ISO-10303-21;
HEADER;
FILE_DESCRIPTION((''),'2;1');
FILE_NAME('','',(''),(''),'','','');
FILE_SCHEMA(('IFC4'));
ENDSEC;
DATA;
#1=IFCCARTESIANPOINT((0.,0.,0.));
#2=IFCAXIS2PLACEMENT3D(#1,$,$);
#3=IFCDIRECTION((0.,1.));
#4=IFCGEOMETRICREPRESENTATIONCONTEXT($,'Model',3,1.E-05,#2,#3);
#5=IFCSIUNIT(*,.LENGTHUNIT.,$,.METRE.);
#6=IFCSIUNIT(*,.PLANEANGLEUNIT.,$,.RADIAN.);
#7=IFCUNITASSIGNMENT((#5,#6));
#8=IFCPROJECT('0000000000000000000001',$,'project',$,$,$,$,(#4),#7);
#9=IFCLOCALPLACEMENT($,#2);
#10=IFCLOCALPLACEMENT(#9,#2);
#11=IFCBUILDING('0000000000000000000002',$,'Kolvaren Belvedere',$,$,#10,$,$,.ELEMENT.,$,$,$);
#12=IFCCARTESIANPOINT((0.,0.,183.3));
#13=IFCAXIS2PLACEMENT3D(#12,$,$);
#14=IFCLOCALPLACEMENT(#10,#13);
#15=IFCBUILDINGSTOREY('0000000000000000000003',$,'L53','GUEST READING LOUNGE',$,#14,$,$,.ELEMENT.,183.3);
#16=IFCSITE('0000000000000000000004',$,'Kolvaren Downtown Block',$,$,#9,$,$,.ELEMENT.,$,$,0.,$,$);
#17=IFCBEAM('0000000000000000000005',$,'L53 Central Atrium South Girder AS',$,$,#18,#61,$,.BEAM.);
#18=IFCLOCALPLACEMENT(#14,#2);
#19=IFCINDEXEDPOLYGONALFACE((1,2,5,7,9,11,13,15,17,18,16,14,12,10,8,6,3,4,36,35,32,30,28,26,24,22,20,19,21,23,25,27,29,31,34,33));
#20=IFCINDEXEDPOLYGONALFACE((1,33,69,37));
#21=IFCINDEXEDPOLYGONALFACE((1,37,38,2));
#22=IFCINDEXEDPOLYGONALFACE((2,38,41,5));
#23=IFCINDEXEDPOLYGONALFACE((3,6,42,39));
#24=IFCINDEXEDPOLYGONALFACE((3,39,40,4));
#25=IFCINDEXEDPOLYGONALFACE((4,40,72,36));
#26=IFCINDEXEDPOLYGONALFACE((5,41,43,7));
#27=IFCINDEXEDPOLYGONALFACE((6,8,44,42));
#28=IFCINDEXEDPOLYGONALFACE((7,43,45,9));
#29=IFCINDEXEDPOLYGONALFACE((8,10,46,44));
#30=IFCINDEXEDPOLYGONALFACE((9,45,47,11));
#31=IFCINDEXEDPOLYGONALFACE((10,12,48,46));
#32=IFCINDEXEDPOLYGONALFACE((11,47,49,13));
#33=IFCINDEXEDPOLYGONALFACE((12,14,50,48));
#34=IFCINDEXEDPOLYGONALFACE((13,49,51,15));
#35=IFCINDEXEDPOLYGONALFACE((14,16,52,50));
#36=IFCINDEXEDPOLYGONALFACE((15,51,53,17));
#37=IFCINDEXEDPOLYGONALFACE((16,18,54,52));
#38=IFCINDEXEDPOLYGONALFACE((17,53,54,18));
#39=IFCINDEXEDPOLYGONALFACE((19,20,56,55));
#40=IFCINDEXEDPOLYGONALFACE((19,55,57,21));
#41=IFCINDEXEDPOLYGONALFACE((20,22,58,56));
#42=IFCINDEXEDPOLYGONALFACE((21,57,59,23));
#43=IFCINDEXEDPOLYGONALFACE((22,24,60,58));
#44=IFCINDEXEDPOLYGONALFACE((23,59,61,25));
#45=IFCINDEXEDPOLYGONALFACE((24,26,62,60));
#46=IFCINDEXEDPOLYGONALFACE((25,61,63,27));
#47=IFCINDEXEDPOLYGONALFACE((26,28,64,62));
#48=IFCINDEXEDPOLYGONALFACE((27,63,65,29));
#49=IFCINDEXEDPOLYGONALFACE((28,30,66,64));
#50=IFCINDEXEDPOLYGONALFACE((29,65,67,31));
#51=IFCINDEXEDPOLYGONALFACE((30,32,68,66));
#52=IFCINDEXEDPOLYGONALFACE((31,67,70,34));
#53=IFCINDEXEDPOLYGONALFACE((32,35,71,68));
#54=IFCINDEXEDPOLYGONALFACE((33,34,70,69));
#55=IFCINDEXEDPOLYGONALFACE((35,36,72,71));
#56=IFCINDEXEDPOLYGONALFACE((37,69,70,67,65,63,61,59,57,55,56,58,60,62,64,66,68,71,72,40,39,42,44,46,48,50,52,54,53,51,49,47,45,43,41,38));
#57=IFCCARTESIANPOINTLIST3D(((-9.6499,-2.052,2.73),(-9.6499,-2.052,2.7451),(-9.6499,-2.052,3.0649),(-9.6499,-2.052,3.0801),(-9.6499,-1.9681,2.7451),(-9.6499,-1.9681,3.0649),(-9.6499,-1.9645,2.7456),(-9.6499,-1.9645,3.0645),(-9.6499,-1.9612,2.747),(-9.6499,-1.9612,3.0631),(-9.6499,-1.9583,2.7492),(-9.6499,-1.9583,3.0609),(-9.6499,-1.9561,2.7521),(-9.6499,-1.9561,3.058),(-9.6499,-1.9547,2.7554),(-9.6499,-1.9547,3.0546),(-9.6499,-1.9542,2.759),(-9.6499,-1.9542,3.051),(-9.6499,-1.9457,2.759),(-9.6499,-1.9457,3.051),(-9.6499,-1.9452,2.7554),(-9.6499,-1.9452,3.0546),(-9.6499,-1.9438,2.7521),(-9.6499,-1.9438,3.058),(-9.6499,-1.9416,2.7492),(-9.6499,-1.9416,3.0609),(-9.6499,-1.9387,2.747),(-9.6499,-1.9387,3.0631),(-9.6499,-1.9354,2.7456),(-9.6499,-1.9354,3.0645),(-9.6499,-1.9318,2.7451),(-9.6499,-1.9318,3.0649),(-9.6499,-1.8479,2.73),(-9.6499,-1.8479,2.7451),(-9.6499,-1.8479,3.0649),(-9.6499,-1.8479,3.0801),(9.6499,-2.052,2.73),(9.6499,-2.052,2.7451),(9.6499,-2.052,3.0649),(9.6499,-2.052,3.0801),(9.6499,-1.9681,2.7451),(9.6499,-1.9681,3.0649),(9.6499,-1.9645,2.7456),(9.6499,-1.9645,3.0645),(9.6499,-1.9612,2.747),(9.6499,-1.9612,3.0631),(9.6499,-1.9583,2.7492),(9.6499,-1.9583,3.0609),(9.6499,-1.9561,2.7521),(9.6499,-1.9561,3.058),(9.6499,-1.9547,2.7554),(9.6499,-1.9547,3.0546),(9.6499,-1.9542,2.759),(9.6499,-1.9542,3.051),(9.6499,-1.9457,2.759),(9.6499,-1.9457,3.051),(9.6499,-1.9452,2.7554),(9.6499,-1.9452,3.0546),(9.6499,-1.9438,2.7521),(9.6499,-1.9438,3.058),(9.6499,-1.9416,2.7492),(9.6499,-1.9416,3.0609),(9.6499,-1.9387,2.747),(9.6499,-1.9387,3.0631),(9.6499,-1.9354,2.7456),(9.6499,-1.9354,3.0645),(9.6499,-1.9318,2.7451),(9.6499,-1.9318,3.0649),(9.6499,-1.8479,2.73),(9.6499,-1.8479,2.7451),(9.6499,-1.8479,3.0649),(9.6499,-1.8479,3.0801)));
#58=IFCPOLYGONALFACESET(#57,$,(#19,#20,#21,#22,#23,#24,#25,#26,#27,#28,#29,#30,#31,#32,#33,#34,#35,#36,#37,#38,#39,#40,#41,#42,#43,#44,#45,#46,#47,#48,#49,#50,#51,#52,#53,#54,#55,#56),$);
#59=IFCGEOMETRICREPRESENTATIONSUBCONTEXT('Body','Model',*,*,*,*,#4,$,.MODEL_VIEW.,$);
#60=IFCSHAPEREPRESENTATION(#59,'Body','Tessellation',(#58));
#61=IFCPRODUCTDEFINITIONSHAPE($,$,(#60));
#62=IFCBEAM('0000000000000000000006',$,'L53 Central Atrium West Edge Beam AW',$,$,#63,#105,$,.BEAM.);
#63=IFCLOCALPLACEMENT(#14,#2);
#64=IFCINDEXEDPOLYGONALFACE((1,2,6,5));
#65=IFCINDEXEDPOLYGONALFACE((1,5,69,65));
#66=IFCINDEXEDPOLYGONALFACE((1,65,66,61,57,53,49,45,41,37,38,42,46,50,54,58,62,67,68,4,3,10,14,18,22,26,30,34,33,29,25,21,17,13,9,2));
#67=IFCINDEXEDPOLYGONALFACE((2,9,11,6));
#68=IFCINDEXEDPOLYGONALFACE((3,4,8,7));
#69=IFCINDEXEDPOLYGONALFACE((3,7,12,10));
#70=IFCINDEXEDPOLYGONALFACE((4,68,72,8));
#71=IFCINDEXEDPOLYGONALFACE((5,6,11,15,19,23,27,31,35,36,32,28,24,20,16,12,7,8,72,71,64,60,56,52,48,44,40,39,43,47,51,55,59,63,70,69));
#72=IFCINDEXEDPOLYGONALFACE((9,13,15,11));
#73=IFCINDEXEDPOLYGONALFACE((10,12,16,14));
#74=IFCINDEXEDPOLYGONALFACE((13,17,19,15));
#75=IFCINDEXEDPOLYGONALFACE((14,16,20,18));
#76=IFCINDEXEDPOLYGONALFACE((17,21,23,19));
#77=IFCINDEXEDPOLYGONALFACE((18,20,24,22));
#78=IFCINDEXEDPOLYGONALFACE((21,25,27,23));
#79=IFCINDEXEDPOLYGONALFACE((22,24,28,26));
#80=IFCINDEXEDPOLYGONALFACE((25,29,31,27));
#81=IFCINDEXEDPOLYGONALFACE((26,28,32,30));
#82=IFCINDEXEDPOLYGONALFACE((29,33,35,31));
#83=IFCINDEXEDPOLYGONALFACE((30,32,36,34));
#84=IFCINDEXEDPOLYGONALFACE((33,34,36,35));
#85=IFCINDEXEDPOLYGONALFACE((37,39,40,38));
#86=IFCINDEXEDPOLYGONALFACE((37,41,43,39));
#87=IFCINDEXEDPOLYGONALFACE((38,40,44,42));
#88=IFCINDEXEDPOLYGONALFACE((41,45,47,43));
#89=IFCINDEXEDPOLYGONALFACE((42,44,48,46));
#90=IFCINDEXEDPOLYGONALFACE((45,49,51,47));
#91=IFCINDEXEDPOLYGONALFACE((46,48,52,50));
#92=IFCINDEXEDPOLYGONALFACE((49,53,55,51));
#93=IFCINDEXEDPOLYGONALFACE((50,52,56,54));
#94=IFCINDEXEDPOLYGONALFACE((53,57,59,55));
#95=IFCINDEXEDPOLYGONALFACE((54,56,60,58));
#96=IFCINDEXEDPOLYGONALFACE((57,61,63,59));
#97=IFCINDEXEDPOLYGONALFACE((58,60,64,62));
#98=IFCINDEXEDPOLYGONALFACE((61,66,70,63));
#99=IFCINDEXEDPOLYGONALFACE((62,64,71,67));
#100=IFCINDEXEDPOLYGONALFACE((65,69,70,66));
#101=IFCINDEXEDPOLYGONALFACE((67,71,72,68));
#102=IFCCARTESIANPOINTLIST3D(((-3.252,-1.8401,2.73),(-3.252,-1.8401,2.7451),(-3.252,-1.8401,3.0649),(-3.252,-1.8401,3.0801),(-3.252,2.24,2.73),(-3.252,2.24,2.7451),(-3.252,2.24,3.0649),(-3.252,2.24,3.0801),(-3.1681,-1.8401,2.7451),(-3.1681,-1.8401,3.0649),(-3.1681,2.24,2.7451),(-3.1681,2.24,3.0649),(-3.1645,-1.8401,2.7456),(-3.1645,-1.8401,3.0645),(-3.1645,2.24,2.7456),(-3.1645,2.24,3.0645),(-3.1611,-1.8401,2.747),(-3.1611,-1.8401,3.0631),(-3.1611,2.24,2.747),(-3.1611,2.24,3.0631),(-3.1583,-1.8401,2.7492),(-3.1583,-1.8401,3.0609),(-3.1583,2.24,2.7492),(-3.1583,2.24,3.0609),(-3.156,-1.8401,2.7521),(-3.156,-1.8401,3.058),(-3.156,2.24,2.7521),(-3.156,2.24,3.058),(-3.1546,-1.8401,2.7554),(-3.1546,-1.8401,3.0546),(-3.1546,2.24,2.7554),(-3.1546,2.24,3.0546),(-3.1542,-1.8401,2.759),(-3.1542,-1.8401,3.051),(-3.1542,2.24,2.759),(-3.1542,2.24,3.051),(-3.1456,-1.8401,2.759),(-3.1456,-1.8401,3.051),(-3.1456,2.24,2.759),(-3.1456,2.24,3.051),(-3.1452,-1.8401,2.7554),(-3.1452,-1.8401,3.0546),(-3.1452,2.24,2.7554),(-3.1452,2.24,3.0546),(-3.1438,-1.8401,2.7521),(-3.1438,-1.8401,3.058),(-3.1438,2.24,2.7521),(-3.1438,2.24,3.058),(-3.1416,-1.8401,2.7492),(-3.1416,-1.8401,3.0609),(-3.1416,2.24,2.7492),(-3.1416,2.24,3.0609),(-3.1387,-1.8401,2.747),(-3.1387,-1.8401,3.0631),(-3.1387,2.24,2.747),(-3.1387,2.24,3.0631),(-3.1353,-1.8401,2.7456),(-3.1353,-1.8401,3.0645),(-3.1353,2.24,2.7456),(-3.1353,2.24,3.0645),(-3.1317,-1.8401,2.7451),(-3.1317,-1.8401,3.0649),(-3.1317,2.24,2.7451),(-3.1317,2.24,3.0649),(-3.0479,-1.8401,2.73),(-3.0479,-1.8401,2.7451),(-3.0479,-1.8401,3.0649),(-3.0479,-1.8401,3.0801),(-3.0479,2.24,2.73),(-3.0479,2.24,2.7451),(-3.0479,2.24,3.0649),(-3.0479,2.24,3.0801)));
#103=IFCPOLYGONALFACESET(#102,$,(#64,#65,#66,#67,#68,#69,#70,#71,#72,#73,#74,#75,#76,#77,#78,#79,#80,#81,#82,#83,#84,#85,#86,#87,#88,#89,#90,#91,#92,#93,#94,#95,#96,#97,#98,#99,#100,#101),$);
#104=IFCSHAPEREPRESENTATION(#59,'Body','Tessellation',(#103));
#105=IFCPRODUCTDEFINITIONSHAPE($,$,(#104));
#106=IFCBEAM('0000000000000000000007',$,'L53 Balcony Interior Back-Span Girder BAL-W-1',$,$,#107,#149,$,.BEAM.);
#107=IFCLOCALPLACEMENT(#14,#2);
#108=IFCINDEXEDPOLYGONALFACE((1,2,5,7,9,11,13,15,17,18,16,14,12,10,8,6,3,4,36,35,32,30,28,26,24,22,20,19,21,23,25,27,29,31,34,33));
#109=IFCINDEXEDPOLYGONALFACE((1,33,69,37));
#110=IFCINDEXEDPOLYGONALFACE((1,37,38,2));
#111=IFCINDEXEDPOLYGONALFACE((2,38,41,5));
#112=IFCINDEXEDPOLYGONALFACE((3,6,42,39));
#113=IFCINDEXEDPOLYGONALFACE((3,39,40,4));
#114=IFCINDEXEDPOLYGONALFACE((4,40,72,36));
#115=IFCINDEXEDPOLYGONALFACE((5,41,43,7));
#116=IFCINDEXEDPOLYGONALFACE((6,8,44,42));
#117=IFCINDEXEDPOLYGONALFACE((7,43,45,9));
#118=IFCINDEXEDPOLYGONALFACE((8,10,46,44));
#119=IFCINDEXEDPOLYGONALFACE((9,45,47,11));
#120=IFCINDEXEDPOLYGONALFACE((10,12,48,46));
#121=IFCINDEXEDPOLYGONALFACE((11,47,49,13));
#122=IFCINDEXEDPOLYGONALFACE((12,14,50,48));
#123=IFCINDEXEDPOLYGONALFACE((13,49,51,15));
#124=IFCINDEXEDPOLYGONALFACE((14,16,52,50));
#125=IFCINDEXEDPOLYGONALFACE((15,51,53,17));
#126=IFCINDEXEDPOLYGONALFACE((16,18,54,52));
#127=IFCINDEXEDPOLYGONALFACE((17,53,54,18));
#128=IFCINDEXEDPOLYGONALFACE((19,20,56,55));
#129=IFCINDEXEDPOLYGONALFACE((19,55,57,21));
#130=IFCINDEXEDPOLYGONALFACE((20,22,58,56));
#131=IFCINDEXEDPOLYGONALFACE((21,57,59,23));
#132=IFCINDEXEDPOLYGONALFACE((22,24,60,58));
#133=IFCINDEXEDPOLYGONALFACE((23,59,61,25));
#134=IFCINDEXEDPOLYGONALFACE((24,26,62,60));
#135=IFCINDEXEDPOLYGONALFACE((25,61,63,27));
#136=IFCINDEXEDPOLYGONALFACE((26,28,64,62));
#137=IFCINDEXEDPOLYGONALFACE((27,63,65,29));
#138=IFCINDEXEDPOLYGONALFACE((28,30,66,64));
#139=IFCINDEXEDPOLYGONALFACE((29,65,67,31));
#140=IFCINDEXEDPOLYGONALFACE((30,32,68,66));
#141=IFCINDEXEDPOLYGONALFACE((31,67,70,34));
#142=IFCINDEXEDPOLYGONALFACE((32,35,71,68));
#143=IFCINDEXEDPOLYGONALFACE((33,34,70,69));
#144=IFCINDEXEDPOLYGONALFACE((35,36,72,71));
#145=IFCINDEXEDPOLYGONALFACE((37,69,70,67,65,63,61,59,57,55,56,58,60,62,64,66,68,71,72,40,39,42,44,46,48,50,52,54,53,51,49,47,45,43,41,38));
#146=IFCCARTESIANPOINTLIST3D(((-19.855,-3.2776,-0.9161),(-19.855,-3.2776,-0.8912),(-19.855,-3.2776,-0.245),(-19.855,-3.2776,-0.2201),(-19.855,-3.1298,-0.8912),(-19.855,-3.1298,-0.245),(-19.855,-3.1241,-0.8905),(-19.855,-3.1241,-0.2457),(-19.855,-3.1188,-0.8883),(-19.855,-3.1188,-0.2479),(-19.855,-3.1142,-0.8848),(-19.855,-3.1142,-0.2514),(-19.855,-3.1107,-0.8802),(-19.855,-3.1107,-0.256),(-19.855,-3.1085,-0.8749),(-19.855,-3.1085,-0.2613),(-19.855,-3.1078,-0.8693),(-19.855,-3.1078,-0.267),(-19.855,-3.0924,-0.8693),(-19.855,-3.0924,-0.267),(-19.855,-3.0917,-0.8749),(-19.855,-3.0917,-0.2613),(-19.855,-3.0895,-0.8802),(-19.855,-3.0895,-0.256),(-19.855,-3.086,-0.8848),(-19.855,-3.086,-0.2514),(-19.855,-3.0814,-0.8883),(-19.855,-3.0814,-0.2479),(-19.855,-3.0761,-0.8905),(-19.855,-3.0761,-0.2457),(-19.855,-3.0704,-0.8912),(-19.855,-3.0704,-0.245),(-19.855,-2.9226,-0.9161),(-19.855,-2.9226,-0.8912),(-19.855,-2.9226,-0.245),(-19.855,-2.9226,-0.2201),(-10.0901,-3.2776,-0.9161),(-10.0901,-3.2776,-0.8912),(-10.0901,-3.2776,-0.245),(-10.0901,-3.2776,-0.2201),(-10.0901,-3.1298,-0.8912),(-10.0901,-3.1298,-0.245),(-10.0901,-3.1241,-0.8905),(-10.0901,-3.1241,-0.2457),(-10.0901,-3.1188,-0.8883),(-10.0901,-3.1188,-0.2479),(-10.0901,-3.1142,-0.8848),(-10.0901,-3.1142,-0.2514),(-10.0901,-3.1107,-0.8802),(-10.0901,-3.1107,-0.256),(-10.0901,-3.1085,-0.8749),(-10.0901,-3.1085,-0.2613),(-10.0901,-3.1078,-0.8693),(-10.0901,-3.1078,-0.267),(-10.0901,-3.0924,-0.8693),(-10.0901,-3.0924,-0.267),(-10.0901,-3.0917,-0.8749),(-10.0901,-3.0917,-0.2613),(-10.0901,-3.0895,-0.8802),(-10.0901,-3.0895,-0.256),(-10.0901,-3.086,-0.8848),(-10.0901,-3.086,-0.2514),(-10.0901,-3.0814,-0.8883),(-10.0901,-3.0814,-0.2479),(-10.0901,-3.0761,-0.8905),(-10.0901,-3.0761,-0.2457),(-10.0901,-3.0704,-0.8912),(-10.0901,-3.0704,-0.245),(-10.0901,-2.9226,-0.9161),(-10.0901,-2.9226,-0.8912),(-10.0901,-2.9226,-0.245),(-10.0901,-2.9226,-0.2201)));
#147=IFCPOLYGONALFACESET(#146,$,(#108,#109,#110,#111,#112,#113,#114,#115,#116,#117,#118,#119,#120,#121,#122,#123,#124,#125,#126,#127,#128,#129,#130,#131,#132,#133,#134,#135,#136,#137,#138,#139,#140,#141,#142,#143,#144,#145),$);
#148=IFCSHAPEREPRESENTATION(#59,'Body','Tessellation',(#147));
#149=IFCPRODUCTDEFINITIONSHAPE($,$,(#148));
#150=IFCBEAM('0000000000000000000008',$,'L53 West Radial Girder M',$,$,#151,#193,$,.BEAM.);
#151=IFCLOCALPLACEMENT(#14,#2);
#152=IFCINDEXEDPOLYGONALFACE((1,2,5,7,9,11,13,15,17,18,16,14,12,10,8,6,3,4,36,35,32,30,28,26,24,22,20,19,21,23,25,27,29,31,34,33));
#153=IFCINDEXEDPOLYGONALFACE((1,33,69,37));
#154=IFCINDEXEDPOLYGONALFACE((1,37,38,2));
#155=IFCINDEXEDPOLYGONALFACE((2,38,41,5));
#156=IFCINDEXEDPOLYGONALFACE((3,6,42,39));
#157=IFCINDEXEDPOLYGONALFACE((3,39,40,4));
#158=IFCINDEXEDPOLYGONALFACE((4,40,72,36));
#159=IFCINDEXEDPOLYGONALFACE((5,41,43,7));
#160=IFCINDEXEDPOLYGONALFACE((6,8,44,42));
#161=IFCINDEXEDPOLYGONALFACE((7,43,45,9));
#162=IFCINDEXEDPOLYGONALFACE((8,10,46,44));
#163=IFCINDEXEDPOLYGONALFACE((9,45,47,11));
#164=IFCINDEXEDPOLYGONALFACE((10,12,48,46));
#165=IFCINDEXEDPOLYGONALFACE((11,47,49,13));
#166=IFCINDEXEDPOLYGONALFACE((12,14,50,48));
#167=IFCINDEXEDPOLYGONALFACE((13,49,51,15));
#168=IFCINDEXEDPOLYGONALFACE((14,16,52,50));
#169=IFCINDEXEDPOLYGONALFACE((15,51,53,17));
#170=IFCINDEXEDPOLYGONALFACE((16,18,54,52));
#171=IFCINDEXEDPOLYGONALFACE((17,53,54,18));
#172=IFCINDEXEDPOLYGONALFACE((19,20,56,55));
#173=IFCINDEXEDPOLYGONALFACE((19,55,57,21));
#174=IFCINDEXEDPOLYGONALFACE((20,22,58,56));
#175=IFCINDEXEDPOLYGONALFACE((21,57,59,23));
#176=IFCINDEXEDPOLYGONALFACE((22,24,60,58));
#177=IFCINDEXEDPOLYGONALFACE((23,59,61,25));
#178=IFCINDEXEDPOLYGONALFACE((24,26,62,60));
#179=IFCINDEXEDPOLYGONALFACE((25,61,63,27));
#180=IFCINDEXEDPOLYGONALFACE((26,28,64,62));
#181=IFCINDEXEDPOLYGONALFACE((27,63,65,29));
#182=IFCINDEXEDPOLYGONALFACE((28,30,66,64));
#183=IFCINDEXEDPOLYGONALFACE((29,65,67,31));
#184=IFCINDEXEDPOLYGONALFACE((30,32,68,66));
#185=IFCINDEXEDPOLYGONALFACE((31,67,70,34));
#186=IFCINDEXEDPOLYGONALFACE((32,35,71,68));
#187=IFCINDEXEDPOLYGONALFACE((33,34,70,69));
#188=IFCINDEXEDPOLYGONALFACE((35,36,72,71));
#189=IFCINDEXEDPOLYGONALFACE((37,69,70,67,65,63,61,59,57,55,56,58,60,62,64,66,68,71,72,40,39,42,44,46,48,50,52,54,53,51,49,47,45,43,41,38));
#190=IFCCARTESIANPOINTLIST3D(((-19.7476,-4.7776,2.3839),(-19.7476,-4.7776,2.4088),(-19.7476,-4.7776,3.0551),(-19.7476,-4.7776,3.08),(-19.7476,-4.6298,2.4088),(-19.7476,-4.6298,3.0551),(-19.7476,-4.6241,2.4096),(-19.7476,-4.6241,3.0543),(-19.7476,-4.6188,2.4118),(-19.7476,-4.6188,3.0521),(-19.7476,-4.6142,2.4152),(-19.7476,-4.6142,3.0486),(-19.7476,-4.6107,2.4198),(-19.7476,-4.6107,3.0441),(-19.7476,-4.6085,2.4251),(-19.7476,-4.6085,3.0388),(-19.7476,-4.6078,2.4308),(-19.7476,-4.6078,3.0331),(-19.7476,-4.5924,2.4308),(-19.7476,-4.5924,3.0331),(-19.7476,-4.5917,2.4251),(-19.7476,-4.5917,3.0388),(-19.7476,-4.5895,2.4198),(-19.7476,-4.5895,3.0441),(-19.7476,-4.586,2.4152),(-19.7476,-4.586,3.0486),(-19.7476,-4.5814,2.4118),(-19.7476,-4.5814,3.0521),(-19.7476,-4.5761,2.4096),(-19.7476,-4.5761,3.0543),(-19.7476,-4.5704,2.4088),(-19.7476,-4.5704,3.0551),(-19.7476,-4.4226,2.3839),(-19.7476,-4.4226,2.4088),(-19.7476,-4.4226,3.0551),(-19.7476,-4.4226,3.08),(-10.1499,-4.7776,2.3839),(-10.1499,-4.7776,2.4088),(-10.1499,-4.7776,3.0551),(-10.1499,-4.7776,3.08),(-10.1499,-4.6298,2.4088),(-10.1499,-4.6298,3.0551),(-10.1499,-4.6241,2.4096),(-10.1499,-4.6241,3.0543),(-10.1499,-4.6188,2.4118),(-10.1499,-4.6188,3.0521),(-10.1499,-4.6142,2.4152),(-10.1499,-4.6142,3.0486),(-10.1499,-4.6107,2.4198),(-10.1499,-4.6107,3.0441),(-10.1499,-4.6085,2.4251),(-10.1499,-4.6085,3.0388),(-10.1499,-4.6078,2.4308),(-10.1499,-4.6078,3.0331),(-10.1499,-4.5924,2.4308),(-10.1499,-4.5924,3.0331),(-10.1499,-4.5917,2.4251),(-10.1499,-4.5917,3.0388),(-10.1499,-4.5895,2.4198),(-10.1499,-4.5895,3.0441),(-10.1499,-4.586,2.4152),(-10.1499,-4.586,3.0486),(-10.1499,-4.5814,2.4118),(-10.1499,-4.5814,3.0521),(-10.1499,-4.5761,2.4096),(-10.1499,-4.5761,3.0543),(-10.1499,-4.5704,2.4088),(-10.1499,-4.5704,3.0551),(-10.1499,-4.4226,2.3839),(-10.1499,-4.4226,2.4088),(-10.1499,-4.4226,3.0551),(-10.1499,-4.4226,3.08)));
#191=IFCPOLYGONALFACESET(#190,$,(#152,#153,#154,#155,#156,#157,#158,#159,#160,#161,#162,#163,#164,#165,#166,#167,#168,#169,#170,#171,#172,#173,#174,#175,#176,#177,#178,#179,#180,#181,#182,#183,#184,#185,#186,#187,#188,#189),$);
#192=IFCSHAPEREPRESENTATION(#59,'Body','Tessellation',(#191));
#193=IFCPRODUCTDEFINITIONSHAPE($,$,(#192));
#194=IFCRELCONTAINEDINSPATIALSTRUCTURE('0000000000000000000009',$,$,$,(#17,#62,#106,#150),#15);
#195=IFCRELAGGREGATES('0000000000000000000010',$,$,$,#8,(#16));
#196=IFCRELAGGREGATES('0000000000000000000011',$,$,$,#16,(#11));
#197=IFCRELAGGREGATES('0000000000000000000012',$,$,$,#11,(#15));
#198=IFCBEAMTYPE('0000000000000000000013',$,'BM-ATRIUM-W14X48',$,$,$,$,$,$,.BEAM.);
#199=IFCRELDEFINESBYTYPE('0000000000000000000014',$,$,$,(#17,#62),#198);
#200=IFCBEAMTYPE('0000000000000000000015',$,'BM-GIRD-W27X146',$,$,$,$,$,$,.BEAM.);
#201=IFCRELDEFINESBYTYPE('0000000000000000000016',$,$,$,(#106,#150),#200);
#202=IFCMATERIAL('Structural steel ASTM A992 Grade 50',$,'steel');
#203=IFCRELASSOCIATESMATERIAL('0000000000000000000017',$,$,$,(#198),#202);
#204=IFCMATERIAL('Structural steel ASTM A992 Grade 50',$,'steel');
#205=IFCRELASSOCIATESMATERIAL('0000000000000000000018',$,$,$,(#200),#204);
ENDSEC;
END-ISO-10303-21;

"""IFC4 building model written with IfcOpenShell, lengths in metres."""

from ifc_helpers import new_model, si_unit, direction, frame, origin, origin_2d, place, context, subcontext, project, spatial, i_section, extrude, material, material_profile, profile_set, type_object, element, save


model = new_model("IFC4")

# Units and contexts
model_context = context("Model", 3, precision=1e-05, world=origin(), true_north=direction((0.0, 1.0)))
body_context = subcontext(model_context, "Body", "Model", "MODEL_VIEW")
ifc_project = project(units=[si_unit("LENGTHUNIT", "METRE"), si_unit("PLANEANGLEUNIT", "RADIAN")], contexts=[model_context])

# Site, building, storey
site_placement = place(None, origin())
site = spatial("IfcSite", under=ifc_project, at=site_placement, Name="Kolvaren Downtown Block", CompositionType="ELEMENT", RefElevation=0.0)
building_placement = place(site_placement, origin())
building = spatial("IfcBuilding", under=site, at=building_placement, Name="Kolvaren Belvedere", CompositionType="ELEMENT")
storey_placement = place(building_placement, frame((0.0, 0.0, 183.3)))
storey = spatial("IfcBuildingStorey", under=building, at=storey_placement, Name="L53", Description="GUEST READING LOUNGE", CompositionType="ELEMENT", Elevation=183.3)

# Beams
ifc_material_1 = material(Name="Structural steel ASTM A992 Grade 50", Category="steel")
ifc_material_profile_1 = material_profile(ifc_material_1, i_section(OverallWidth=0.2041, OverallDepth=0.3501, WebThickness=0.0085, FlangeThickness=0.0151, FilletRadius=0.0139, at=origin_2d()), Name="W14X48")
ifc_profile_set_1 = profile_set([ifc_material_profile_1], Name="Structural steel ASTM A992 Grade 50")
beam_type_1 = type_object("IfcBeamType", Name="BM-ATRIUM-W14X48", PredefinedType="BEAM", material=ifc_profile_set_1)
beam_1_placement = place(storey_placement, frame((-9.6499, -1.95, 2.905), z_axis=(1.0, 0.0, 0.0), x_axis=(0.0, 1.0, 0.0)))
element("IfcBeam", 1, at=beam_1_placement, inside=storey, type_object=beam_type_1, Name="L53 Central Atrium South Girder AS", PredefinedType="BEAM", context=body_context, shape_type="SweptSolid", body=[
    extrude(i_section(OverallWidth=0.2041, OverallDepth=0.3501, WebThickness=0.0085, FlangeThickness=0.0151, FilletRadius=0.0139, at=origin_2d()), origin(), (0.0, 0.0, 1.0), 19.2998),
])
beam_2_placement = place(storey_placement, frame((-3.1499, -1.8401, 2.905), z_axis=(0.0, 1.0, 0.0), x_axis=(-1.0, 0.0, 0.0)))
element("IfcBeam", 2, at=beam_2_placement, inside=storey, type_object=beam_type_1, Name="L53 Central Atrium West Edge Beam AW", PredefinedType="BEAM", context=body_context, shape_type="SweptSolid", body=[
    extrude(i_section(OverallWidth=0.2041, OverallDepth=0.3501, WebThickness=0.0085, FlangeThickness=0.0151, FilletRadius=0.0139, at=origin_2d()), origin(), (0.0, 0.0, 1.0), 4.0801),
])
ifc_material_2 = material(Name="Structural steel ASTM A992 Grade 50", Category="steel")
ifc_material_profile_2 = material_profile(ifc_material_2, i_section(OverallWidth=0.355, OverallDepth=0.696, WebThickness=0.0154, FlangeThickness=0.0249, FilletRadius=0.022, at=origin_2d()), Name="W27X146")
ifc_profile_set_2 = profile_set([ifc_material_profile_2], Name="Structural steel ASTM A992 Grade 50")
beam_type_2 = type_object("IfcBeamType", Name="BM-GIRD-W27X146", PredefinedType="BEAM", material=ifc_profile_set_2)
beam_3_placement = place(storey_placement, frame((-10.0901, -3.1001, -0.5681), z_axis=(-1.0, 0.0, 0.0), x_axis=(0.0, -1.0, 0.0)))
element("IfcBeam", 3, at=beam_3_placement, inside=storey, type_object=beam_type_2, Name="L53 Balcony Interior Back-Span Girder BAL-W-1", PredefinedType="BEAM", context=body_context, shape_type="SweptSolid", body=[
    extrude(i_section(OverallWidth=0.355, OverallDepth=0.696, WebThickness=0.0154, FlangeThickness=0.0249, FilletRadius=0.022, at=origin_2d()), origin(), (0.0, 0.0, 1.0), 9.7649),
])
beam_4_placement = place(storey_placement, frame((-10.1499, -4.6001, 2.7319), z_axis=(-1.0, 0.0, 0.0), x_axis=(0.0, -1.0, 0.0)))
element("IfcBeam", 4, at=beam_4_placement, inside=storey, type_object=beam_type_2, Name="L53 West Radial Girder M", PredefinedType="BEAM", context=body_context, shape_type="SweptSolid", body=[
    extrude(i_section(OverallWidth=0.355, OverallDepth=0.696, WebThickness=0.0154, FlangeThickness=0.0249, FilletRadius=0.022, at=origin_2d()), origin(), (0.0, 0.0, 1.0), 9.5977),
])

save(model, "model.ifc")
